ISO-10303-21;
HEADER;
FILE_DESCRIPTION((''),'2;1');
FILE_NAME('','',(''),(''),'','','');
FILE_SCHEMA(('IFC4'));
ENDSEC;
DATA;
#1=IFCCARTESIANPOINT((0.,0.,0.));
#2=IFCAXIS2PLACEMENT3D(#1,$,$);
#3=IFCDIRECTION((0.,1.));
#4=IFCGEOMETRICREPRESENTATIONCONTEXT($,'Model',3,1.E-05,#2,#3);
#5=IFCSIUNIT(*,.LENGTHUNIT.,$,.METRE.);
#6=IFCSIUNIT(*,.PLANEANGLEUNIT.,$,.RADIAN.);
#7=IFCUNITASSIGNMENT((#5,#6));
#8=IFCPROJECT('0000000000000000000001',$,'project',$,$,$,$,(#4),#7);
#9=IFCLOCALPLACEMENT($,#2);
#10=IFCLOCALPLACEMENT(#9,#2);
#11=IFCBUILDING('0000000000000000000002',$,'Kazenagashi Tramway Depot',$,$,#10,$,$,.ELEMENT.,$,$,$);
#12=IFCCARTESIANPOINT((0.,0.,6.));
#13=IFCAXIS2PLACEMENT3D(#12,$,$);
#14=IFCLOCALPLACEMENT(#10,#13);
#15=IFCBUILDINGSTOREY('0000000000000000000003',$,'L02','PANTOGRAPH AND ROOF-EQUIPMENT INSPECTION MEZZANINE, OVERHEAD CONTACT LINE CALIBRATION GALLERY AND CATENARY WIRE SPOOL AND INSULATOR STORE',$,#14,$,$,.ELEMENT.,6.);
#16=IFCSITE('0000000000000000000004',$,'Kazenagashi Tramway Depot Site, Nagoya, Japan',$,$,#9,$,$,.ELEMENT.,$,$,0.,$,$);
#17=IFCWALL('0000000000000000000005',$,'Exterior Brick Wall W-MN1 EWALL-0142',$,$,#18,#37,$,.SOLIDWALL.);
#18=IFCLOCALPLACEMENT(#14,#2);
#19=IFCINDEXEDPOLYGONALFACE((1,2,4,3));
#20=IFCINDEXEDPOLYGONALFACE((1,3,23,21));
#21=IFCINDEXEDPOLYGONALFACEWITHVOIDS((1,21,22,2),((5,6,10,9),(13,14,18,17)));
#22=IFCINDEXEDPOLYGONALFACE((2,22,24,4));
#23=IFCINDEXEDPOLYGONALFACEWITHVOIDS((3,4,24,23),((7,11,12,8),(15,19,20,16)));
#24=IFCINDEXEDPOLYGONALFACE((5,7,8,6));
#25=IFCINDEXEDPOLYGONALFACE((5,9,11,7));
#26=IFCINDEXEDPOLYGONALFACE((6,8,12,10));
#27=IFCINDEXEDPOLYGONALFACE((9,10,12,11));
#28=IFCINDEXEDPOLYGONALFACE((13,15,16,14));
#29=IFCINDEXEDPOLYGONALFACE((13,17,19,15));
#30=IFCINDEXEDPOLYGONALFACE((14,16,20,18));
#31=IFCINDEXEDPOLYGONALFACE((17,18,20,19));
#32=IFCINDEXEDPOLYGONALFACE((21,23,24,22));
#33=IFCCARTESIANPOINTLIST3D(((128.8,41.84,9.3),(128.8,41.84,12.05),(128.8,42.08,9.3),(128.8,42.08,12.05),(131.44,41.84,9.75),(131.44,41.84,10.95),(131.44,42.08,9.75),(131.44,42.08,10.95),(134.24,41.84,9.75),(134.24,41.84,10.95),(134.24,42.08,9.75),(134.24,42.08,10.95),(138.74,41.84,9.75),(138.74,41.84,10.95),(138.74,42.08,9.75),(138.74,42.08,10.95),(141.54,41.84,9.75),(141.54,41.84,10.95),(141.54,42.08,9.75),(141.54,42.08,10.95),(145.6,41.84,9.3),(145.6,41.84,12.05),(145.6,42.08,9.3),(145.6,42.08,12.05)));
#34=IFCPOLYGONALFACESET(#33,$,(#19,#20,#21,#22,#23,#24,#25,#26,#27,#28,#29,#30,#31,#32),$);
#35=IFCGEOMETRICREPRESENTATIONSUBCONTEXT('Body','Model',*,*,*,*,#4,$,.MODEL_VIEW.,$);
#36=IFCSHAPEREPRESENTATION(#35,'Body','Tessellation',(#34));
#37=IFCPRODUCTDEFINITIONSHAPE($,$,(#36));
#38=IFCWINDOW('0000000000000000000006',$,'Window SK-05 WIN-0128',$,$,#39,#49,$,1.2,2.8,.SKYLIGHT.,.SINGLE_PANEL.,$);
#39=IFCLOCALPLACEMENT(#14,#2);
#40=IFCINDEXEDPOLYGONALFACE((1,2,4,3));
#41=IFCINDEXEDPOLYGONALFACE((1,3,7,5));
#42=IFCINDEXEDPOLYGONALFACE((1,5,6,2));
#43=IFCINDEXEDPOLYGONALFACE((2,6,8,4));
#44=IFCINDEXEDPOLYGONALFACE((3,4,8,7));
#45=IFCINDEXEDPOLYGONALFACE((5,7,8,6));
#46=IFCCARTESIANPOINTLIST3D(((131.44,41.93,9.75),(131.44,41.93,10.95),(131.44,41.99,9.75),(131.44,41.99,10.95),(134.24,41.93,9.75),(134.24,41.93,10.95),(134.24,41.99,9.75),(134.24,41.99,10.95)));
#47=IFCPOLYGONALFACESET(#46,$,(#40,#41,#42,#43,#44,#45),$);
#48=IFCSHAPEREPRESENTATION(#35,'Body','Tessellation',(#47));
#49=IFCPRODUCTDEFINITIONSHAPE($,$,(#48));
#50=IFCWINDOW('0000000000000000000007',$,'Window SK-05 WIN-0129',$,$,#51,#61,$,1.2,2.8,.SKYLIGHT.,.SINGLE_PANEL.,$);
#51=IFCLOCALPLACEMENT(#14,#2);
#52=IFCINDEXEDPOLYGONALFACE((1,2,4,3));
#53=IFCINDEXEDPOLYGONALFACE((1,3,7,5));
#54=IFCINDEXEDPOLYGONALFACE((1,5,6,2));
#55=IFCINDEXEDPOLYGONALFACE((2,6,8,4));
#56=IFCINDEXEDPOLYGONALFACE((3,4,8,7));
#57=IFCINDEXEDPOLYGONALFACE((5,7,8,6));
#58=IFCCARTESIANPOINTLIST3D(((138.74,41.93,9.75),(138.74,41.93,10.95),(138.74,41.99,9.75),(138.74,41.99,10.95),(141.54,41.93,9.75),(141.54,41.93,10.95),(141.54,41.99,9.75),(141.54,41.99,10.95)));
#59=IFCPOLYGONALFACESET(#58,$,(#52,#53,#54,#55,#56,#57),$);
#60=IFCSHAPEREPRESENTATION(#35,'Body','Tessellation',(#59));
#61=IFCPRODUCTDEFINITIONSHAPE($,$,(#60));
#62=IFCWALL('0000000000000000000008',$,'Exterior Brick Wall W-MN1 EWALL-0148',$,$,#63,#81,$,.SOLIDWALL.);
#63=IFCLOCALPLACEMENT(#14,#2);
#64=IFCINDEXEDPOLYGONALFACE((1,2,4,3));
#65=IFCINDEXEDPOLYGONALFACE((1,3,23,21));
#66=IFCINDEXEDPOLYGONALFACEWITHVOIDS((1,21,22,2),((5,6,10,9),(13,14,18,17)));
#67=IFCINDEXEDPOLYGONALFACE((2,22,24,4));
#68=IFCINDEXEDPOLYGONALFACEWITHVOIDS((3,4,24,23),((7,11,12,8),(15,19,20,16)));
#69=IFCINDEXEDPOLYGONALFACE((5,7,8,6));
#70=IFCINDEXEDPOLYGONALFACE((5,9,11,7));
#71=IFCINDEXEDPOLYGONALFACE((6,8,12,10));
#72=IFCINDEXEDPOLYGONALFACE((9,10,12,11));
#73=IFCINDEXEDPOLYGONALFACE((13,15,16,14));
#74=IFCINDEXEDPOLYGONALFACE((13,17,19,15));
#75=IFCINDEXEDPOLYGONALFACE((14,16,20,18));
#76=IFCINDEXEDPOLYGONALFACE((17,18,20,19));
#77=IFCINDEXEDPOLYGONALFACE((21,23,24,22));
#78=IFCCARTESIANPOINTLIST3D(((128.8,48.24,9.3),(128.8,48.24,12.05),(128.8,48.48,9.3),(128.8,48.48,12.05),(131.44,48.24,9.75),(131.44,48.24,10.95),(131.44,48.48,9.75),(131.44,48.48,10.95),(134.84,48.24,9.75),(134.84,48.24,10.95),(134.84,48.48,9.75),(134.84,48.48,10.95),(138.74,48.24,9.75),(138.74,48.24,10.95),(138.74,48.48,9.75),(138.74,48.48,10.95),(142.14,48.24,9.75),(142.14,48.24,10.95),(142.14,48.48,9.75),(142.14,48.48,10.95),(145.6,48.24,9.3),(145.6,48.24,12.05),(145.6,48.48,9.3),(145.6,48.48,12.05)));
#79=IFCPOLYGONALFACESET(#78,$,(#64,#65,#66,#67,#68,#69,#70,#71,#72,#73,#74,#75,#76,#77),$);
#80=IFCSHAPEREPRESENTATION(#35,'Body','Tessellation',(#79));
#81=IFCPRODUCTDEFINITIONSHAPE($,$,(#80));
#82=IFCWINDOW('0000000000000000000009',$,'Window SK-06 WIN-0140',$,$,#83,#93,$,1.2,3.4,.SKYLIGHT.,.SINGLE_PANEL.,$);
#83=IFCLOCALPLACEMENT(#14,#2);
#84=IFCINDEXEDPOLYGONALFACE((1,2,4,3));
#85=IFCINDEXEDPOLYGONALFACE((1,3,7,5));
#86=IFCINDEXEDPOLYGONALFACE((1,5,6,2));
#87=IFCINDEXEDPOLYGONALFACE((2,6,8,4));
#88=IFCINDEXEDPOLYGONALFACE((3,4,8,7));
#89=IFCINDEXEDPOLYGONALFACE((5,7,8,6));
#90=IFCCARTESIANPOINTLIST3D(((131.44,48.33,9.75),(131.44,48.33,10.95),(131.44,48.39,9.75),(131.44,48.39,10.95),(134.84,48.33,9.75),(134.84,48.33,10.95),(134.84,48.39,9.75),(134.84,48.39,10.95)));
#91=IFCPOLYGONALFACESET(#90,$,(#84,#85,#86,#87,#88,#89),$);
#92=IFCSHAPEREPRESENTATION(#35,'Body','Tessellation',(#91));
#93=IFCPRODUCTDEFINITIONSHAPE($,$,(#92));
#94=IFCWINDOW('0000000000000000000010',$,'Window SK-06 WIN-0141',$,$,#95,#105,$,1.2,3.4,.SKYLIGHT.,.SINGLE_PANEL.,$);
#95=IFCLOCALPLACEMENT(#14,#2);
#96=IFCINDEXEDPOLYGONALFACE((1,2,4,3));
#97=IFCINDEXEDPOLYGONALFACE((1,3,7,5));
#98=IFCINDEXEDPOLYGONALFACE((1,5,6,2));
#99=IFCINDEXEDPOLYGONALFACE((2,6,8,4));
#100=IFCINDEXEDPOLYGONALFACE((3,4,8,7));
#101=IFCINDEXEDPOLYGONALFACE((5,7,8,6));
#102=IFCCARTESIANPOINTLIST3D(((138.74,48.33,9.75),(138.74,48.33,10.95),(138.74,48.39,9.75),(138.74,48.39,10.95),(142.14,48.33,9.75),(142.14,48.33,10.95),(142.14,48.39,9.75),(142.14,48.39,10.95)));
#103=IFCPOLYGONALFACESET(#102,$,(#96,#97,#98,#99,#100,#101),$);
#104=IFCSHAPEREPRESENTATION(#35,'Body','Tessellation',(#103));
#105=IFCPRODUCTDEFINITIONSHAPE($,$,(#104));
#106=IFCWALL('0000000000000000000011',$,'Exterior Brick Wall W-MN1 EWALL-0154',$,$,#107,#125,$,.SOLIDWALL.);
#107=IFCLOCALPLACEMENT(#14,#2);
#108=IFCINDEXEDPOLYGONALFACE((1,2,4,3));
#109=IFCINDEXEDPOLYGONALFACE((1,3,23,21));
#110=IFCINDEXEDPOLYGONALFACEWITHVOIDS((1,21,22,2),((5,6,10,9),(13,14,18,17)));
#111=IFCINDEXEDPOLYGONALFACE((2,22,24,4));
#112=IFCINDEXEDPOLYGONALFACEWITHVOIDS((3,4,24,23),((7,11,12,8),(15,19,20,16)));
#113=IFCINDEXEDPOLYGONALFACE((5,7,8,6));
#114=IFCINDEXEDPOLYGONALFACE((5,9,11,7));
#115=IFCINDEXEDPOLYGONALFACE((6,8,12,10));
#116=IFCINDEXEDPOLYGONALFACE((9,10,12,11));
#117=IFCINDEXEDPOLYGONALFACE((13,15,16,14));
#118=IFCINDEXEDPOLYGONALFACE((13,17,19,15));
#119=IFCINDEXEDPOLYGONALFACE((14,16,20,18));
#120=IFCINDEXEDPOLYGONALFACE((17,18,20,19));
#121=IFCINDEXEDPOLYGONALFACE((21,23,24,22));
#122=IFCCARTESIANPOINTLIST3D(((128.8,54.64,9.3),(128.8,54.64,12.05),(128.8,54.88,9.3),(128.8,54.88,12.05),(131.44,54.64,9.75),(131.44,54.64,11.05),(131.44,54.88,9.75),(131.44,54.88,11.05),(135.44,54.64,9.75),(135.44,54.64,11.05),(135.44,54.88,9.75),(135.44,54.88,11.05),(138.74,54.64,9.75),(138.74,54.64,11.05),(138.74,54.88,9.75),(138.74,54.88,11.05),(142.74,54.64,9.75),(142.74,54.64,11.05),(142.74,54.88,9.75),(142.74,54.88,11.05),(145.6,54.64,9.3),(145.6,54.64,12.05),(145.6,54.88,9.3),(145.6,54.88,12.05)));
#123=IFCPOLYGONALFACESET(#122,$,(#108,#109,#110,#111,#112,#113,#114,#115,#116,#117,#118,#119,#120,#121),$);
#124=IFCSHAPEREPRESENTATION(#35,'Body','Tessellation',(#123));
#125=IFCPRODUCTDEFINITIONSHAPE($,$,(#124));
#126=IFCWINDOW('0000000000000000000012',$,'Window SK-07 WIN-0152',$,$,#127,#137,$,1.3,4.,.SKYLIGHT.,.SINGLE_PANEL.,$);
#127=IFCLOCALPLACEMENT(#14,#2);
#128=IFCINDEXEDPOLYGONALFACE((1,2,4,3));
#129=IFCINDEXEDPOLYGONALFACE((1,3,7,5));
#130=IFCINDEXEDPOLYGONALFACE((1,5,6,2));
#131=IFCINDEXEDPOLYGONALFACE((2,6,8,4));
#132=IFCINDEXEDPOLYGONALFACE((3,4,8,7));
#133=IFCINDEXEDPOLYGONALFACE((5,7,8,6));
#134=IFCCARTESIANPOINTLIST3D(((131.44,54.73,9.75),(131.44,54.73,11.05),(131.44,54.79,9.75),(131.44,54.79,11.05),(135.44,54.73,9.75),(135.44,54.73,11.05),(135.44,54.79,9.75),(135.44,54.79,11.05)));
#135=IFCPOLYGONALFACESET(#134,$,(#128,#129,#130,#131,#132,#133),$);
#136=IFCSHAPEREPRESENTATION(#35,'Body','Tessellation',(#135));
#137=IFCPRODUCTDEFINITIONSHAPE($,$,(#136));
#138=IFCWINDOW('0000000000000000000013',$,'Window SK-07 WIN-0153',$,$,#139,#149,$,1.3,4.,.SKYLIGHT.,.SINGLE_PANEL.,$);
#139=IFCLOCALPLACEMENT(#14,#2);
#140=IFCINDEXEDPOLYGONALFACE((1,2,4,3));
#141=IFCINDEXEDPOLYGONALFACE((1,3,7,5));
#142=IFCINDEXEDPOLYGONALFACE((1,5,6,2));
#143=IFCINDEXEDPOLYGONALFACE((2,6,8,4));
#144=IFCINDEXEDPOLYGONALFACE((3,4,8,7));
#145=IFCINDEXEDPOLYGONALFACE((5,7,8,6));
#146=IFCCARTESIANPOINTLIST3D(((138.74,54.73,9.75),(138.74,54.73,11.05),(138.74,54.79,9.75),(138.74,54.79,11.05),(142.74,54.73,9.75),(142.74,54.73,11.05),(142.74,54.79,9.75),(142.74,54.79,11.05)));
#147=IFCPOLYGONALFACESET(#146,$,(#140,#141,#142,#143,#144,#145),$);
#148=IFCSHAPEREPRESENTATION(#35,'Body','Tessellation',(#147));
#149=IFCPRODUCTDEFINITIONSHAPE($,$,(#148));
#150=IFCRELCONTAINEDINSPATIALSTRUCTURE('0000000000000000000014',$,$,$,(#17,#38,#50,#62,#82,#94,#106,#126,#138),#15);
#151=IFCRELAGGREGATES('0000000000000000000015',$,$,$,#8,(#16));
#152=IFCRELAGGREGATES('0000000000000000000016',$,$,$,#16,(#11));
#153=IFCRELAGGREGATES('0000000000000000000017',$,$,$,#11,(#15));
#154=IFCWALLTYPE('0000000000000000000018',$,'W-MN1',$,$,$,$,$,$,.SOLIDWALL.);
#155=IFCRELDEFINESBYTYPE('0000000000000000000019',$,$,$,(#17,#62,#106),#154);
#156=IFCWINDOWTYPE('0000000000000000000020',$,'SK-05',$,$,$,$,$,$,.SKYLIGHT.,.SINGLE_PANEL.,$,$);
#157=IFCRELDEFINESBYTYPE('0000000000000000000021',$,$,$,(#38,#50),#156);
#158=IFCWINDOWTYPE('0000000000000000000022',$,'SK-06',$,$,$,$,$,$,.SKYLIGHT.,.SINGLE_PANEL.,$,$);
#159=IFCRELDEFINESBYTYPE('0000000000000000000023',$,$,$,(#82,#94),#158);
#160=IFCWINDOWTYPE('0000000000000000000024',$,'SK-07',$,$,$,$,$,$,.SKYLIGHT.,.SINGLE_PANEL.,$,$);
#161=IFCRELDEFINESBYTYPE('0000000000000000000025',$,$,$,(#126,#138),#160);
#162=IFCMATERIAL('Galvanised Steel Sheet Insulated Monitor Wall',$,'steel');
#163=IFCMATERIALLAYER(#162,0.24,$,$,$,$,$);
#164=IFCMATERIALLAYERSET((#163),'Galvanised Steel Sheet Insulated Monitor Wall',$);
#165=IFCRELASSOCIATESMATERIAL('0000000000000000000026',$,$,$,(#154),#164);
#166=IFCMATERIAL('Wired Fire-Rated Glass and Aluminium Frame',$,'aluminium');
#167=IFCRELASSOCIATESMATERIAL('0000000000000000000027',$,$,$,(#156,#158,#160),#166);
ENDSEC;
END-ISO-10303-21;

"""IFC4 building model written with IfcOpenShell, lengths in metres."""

from ifc_helpers import new_model, si_unit, direction, frame, frame_2d, origin, place, context, subcontext, project, spatial, rectangle, extrude, material, layer, layer_set, type_object, element, fill, save


model = new_model("IFC4")

# Units and contexts
model_context = context("Model", 3, precision=1e-05, world=origin(), true_north=direction((0.0, 1.0)))
body_context = subcontext(model_context, "Body", "Model", "MODEL_VIEW")
ifc_project = project(units=[si_unit("LENGTHUNIT", "METRE"), si_unit("PLANEANGLEUNIT", "RADIAN")], contexts=[model_context])

# Site, building, storey
site_placement = place(None, origin())
site = spatial("IfcSite", under=ifc_project, at=site_placement, Name="Kazenagashi Tramway Depot Site, Nagoya, Japan", CompositionType="ELEMENT", RefElevation=0.0)
building_placement = place(site_placement, origin())
building = spatial("IfcBuilding", under=site, at=building_placement, Name="Kazenagashi Tramway Depot", CompositionType="ELEMENT")
storey_placement = place(building_placement, frame((0.0, 0.0, 6.0)))
storey = spatial("IfcBuildingStorey", under=building, at=storey_placement, Name="L02", Description="PANTOGRAPH AND ROOF-EQUIPMENT INSPECTION MEZZANINE, OVERHEAD CONTACT LINE CALIBRATION GALLERY AND CATENARY WIRE SPOOL AND INSULATOR STORE", CompositionType="ELEMENT", Elevation=6.0)

# Walls, openings, windows
ifc_material_1 = material(Name="Galvanised Steel Sheet Insulated Monitor Wall", Category="steel")
ifc_layer_1 = layer(ifc_material_1, 0.24)
ifc_layer_set_1 = layer_set([ifc_layer_1], Name="Galvanised Steel Sheet Insulated Monitor Wall")
wall_type_1 = type_object("IfcWallType", Name="W-MN1", PredefinedType="SOLIDWALL", material=ifc_layer_set_1)
ifc_material_2 = material(Name="Wired Fire-Rated Glass and Aluminium Frame", Category="aluminium")
wall_1_placement = place(storey_placement, frame((128.8, 41.96, 9.3), z_axis=(0.0, 0.0, 1.0), x_axis=(1.0, 0.0, 0.0)))
wall_1 = element("IfcWall", 1, at=wall_1_placement, inside=storey, type_object=wall_type_1, Name="Exterior Brick Wall W-MN1 EWALL-0142", PredefinedType="SOLIDWALL", context=body_context, shape_type="SweptSolid", body=[
    extrude(rectangle(XDim=16.8, YDim=0.24, at=frame_2d((8.4, 0.0))), origin(), (0.0, 0.0, 1.0), 2.75),
])
opening_1_placement = place(wall_1_placement, frame((2.64, 0.0, 0.45)))
opening_1 = element("IfcOpeningElement", 2, at=opening_1_placement, cuts=wall_1, PredefinedType="OPENING", context=body_context, shape_type="SweptSolid", body=[
    extrude(rectangle(XDim=2.8, YDim=1.2, at=frame_2d((1.4, 0.6))), frame((0.0, 0.13, 0.0), z_axis=(0.0, -1.0, 0.0), x_axis=(1.0, 0.0, 0.0)), (0.0, 0.0, 1.0), 0.26),
])
opening_2_placement = place(wall_1_placement, frame((9.94, 0.0, 0.45)))
opening_2 = element("IfcOpeningElement", 3, at=opening_2_placement, cuts=wall_1, PredefinedType="OPENING", context=body_context, shape_type="SweptSolid", body=[
    extrude(rectangle(XDim=2.8, YDim=1.2, at=frame_2d((1.4, 0.6))), frame((0.0, 0.13, 0.0), z_axis=(0.0, -1.0, 0.0), x_axis=(1.0, 0.0, 0.0)), (0.0, 0.0, 1.0), 0.26),
])
window_type_1 = type_object("IfcWindowType", Name="SK-05", PartitioningType="SINGLE_PANEL", PredefinedType="SKYLIGHT", material=ifc_material_2)
window_1_placement = place(opening_1_placement, origin())
window_1 = element("IfcWindow", 4, at=window_1_placement, inside=storey, type_object=window_type_1, Name="Window SK-05 WIN-0128", OverallHeight=1.2, OverallWidth=2.8, PartitioningType="SINGLE_PANEL", PredefinedType="SKYLIGHT", context=body_context, shape_type="SweptSolid", body=[
    extrude(rectangle(XDim=2.8, YDim=1.2, at=frame_2d((1.4, 0.6))), frame((0.0, 0.03, 0.0), z_axis=(0.0, -1.0, 0.0), x_axis=(1.0, 0.0, 0.0)), (0.0, 0.0, 1.0), 0.06),
])
fill(opening_1, window_1)
window_2_placement = place(opening_2_placement, origin())
window_2 = element("IfcWindow", 5, at=window_2_placement, inside=storey, type_object=window_type_1, Name="Window SK-05 WIN-0129", OverallHeight=1.2, OverallWidth=2.8, PartitioningType="SINGLE_PANEL", PredefinedType="SKYLIGHT", context=body_context, shape_type="SweptSolid", body=[
    extrude(rectangle(XDim=2.8, YDim=1.2, at=frame_2d((1.4, 0.6))), frame((0.0, 0.03, 0.0), z_axis=(0.0, -1.0, 0.0), x_axis=(1.0, 0.0, 0.0)), (0.0, 0.0, 1.0), 0.06),
])
fill(opening_2, window_2)
wall_2_placement = place(storey_placement, frame((128.8, 48.36, 9.3), z_axis=(0.0, 0.0, 1.0), x_axis=(1.0, 0.0, 0.0)))
wall_2 = element("IfcWall", 6, at=wall_2_placement, inside=storey, type_object=wall_type_1, Name="Exterior Brick Wall W-MN1 EWALL-0148", PredefinedType="SOLIDWALL", context=body_context, shape_type="SweptSolid", body=[
    extrude(rectangle(XDim=16.8, YDim=0.24, at=frame_2d((8.4, 0.0))), origin(), (0.0, 0.0, 1.0), 2.75),
])
opening_3_placement = place(wall_2_placement, frame((2.64, 0.0, 0.45)))
opening_3 = element("IfcOpeningElement", 7, at=opening_3_placement, cuts=wall_2, PredefinedType="OPENING", context=body_context, shape_type="SweptSolid", body=[
    extrude(rectangle(XDim=3.4, YDim=1.2, at=frame_2d((1.7, 0.6))), frame((0.0, 0.13, 0.0), z_axis=(0.0, -1.0, 0.0), x_axis=(1.0, 0.0, 0.0)), (0.0, 0.0, 1.0), 0.26),
])
opening_4_placement = place(wall_2_placement, frame((9.94, 0.0, 0.45)))
opening_4 = element("IfcOpeningElement", 8, at=opening_4_placement, cuts=wall_2, PredefinedType="OPENING", context=body_context, shape_type="SweptSolid", body=[
    extrude(rectangle(XDim=3.4, YDim=1.2, at=frame_2d((1.7, 0.6))), frame((0.0, 0.13, 0.0), z_axis=(0.0, -1.0, 0.0), x_axis=(1.0, 0.0, 0.0)), (0.0, 0.0, 1.0), 0.26),
])
window_type_2 = type_object("IfcWindowType", Name="SK-06", PartitioningType="SINGLE_PANEL", PredefinedType="SKYLIGHT", material=ifc_material_2)
window_3_placement = place(opening_3_placement, origin())
window_3 = element("IfcWindow", 9, at=window_3_placement, inside=storey, type_object=window_type_2, Name="Window SK-06 WIN-0140", OverallHeight=1.2, OverallWidth=3.4, PartitioningType="SINGLE_PANEL", PredefinedType="SKYLIGHT", context=body_context, shape_type="SweptSolid", body=[
    extrude(rectangle(XDim=3.4, YDim=1.2, at=frame_2d((1.7, 0.6))), frame((0.0, 0.03, 0.0), z_axis=(0.0, -1.0, 0.0), x_axis=(1.0, 0.0, 0.0)), (0.0, 0.0, 1.0), 0.06),
])
fill(opening_3, window_3)
window_4_placement = place(opening_4_placement, origin())
window_4 = element("IfcWindow", 10, at=window_4_placement, inside=storey, type_object=window_type_2, Name="Window SK-06 WIN-0141", OverallHeight=1.2, OverallWidth=3.4, PartitioningType="SINGLE_PANEL", PredefinedType="SKYLIGHT", context=body_context, shape_type="SweptSolid", body=[
    extrude(rectangle(XDim=3.4, YDim=1.2, at=frame_2d((1.7, 0.6))), frame((0.0, 0.03, 0.0), z_axis=(0.0, -1.0, 0.0), x_axis=(1.0, 0.0, 0.0)), (0.0, 0.0, 1.0), 0.06),
])
fill(opening_4, window_4)
wall_3_placement = place(storey_placement, frame((128.8, 54.76, 9.3), z_axis=(0.0, 0.0, 1.0), x_axis=(1.0, 0.0, 0.0)))
wall_3 = element("IfcWall", 11, at=wall_3_placement, inside=storey, type_object=wall_type_1, Name="Exterior Brick Wall W-MN1 EWALL-0154", PredefinedType="SOLIDWALL", context=body_context, shape_type="SweptSolid", body=[
    extrude(rectangle(XDim=16.8, YDim=0.24, at=frame_2d((8.4, 0.0))), origin(), (0.0, 0.0, 1.0), 2.75),
])
opening_5_placement = place(wall_3_placement, frame((2.64, 0.0, 0.45)))
opening_5 = element("IfcOpeningElement", 12, at=opening_5_placement, cuts=wall_3, PredefinedType="OPENING", context=body_context, shape_type="SweptSolid", body=[
    extrude(rectangle(XDim=4.0, YDim=1.3, at=frame_2d((2.0, 0.65))), frame((0.0, 0.13, 0.0), z_axis=(0.0, -1.0, 0.0), x_axis=(1.0, 0.0, 0.0)), (0.0, 0.0, 1.0), 0.26),
])
opening_6_placement = place(wall_3_placement, frame((9.94, 0.0, 0.45)))
opening_6 = element("IfcOpeningElement", 13, at=opening_6_placement, cuts=wall_3, PredefinedType="OPENING", context=body_context, shape_type="SweptSolid", body=[
    extrude(rectangle(XDim=4.0, YDim=1.3, at=frame_2d((2.0, 0.65))), frame((0.0, 0.13, 0.0), z_axis=(0.0, -1.0, 0.0), x_axis=(1.0, 0.0, 0.0)), (0.0, 0.0, 1.0), 0.26),
])
window_type_3 = type_object("IfcWindowType", Name="SK-07", PartitioningType="SINGLE_PANEL", PredefinedType="SKYLIGHT", material=ifc_material_2)
window_5_placement = place(opening_5_placement, origin())
window_5 = element("IfcWindow", 14, at=window_5_placement, inside=storey, type_object=window_type_3, Name="Window SK-07 WIN-0152", OverallHeight=1.3, OverallWidth=4.0, PartitioningType="SINGLE_PANEL", PredefinedType="SKYLIGHT", context=body_context, shape_type="SweptSolid", body=[
    extrude(rectangle(XDim=4.0, YDim=1.3, at=frame_2d((2.0, 0.65))), frame((0.0, 0.03, 0.0), z_axis=(0.0, -1.0, 0.0), x_axis=(1.0, 0.0, 0.0)), (0.0, 0.0, 1.0), 0.06),
])
fill(opening_5, window_5)
window_6_placement = place(opening_6_placement, origin())
window_6 = element("IfcWindow", 15, at=window_6_placement, inside=storey, type_object=window_type_3, Name="Window SK-07 WIN-0153", OverallHeight=1.3, OverallWidth=4.0, PartitioningType="SINGLE_PANEL", PredefinedType="SKYLIGHT", context=body_context, shape_type="SweptSolid", body=[
    extrude(rectangle(XDim=4.0, YDim=1.3, at=frame_2d((2.0, 0.65))), frame((0.0, 0.03, 0.0), z_axis=(0.0, -1.0, 0.0), x_axis=(1.0, 0.0, 0.0)), (0.0, 0.0, 1.0), 0.06),
])
fill(opening_6, window_6)

save(model, "model.ifc")
